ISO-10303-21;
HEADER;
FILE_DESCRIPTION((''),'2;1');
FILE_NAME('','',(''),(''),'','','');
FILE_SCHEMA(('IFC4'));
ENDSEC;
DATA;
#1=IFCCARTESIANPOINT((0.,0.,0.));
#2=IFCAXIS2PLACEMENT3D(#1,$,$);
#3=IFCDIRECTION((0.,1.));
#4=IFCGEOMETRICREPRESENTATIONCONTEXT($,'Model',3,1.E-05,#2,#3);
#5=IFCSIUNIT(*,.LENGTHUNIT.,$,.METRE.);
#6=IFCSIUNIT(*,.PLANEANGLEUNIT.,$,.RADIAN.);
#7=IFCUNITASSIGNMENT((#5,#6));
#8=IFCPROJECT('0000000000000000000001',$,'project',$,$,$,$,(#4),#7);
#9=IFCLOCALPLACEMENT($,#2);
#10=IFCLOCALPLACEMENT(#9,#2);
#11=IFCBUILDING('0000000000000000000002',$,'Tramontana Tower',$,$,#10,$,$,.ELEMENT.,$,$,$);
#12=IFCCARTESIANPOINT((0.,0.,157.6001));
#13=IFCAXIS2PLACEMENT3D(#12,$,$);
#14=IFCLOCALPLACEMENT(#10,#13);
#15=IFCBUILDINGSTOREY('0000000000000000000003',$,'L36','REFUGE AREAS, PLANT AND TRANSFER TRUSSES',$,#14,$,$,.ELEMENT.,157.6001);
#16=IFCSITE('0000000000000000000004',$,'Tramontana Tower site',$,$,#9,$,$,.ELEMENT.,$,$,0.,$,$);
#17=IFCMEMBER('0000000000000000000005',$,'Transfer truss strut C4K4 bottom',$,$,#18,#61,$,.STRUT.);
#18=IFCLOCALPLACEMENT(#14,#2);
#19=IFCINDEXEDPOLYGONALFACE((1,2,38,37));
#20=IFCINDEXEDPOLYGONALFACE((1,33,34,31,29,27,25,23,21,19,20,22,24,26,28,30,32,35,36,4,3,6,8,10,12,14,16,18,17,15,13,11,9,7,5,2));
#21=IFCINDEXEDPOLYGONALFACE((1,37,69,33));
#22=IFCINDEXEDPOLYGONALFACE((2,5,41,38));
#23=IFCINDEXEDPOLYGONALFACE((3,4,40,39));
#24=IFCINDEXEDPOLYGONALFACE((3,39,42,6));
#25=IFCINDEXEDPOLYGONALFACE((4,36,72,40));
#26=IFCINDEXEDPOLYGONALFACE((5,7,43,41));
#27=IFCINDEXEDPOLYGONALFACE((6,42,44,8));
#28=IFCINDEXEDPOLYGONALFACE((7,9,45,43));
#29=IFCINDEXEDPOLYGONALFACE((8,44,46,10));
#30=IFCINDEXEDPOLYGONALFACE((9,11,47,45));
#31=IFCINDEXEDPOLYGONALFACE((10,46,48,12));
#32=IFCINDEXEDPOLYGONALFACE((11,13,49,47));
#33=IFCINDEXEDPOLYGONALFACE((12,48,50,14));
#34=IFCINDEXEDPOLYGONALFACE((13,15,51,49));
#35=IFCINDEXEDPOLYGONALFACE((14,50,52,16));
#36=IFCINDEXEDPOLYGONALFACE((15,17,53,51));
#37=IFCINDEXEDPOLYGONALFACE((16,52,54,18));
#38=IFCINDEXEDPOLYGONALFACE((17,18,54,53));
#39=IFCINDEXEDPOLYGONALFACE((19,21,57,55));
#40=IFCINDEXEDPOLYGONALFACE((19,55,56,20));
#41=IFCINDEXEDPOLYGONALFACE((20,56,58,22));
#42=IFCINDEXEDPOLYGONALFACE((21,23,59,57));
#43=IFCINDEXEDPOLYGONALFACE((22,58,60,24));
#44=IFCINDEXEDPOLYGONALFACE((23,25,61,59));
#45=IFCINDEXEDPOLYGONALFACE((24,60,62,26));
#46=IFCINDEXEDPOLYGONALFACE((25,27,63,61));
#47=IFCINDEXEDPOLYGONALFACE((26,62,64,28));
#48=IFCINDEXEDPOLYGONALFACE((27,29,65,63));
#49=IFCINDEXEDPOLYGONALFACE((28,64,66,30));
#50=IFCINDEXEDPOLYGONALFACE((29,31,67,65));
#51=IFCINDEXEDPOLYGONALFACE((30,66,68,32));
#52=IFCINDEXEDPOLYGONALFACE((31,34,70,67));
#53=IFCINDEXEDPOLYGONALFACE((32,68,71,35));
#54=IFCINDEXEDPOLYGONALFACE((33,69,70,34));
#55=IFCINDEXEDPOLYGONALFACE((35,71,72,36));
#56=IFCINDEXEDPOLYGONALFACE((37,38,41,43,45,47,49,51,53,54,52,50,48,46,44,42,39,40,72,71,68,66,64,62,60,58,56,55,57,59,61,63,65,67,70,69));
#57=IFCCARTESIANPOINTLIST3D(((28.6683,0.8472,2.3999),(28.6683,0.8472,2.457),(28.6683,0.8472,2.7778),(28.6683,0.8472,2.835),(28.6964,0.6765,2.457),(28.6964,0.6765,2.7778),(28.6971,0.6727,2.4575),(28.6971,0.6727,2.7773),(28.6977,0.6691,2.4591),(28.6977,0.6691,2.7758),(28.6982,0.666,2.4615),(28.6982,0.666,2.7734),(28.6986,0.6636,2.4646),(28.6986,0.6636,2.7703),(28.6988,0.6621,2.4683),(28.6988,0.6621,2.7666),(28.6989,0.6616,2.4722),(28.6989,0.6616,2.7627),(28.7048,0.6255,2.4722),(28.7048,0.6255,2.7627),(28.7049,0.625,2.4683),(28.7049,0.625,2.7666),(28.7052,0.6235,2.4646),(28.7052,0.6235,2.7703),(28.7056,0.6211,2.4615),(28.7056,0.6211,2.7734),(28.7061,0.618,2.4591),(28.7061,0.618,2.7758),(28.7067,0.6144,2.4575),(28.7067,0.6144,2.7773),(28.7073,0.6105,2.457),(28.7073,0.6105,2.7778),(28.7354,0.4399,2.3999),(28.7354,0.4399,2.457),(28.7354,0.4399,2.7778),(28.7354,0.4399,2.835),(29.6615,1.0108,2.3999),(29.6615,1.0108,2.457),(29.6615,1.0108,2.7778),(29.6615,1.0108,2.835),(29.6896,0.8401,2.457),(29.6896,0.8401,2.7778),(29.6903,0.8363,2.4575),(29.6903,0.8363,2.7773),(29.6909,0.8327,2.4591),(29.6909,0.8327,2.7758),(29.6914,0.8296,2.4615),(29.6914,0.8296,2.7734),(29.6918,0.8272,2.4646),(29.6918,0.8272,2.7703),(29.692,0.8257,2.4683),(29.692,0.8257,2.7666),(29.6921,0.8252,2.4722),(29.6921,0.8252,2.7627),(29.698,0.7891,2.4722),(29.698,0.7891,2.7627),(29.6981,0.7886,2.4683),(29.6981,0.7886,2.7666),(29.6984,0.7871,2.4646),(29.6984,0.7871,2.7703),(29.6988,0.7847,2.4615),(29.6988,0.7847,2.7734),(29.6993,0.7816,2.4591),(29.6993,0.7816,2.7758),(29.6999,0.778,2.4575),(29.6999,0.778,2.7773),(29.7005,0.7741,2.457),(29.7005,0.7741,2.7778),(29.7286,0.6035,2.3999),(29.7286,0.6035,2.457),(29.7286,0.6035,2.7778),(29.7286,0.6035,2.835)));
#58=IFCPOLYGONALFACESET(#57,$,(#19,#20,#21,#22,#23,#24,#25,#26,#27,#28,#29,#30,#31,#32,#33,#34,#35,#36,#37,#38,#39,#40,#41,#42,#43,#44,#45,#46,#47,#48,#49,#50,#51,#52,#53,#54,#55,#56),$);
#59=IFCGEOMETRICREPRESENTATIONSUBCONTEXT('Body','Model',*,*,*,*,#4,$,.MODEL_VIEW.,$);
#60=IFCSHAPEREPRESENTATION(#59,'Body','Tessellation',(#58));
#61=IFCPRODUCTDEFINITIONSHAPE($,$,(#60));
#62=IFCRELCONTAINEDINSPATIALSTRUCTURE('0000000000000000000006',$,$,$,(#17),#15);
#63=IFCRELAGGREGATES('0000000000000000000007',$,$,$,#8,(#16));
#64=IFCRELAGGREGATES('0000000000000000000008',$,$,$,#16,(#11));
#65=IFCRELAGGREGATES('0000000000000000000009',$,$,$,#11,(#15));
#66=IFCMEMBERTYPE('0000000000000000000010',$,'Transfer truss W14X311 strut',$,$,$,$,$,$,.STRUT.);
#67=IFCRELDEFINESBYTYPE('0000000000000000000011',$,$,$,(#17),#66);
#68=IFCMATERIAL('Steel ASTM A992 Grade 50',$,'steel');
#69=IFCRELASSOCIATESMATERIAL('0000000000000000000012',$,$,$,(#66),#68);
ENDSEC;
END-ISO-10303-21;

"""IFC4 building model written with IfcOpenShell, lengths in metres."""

from ifc_helpers import new_model, si_unit, direction, frame, origin, origin_2d, place, context, subcontext, project, spatial, i_section, extrude, material, material_profile, profile_set, type_object, element, save


model = new_model("IFC4")

# Units and contexts
model_context = context("Model", 3, precision=1e-05, world=origin(), true_north=direction((0.0, 1.0)))
body_context = subcontext(model_context, "Body", "Model", "MODEL_VIEW")
ifc_project = project(units=[si_unit("LENGTHUNIT", "METRE"), si_unit("PLANEANGLEUNIT", "RADIAN")], contexts=[model_context])

# Site, building, storey
site_placement = place(None, origin())
site = spatial("IfcSite", under=ifc_project, at=site_placement, Name="Tramontana Tower site", CompositionType="ELEMENT", RefElevation=0.0)
building_placement = place(site_placement, origin())
building = spatial("IfcBuilding", under=site, at=building_placement, Name="Tramontana Tower", CompositionType="ELEMENT")
storey_placement = place(building_placement, frame((0.0, 0.0, 157.6001)))
storey = spatial("IfcBuildingStorey", under=building, at=storey_placement, Name="L36", Description="REFUGE AREAS, PLANT AND TRANSFER TRUSSES", CompositionType="ELEMENT", Elevation=157.6001)

# Member
ifc_material_1 = material(Name="Steel ASTM A992 Grade 50", Category="steel")
ifc_material_profile_1 = material_profile(ifc_material_1, i_section(OverallWidth=0.4128, OverallDepth=0.4351, WebThickness=0.0366, FlangeThickness=0.0571, FilletRadius=0.0151, at=origin_2d()), Name="W14X311")
ifc_profile_set_1 = profile_set([ifc_material_profile_1], Name="Steel ASTM A992 Grade 50")
member_type_1 = type_object("IfcMemberType", Name="Transfer truss W14X311 strut", PredefinedType="STRUT", material=ifc_profile_set_1)
member_1_placement = place(storey_placement, frame((29.6951, 0.8071, 2.6174), z_axis=(-0.986707, -0.162511, 0.0), x_axis=(0.162511, -0.986707, 0.0)))
element("IfcMember", 1, at=member_1_placement, inside=storey, type_object=member_type_1, Name="Transfer truss strut C4K4 bottom", PredefinedType="STRUT", context=body_context, shape_type="SweptSolid", body=[
    extrude(i_section(OverallWidth=0.4128, OverallDepth=0.4351, WebThickness=0.0366, FlangeThickness=0.0571, FilletRadius=0.0151, at=origin_2d()), origin(), (0.0, 0.0, 1.0), 1.0066),
])

save(model, "model.ifc")
